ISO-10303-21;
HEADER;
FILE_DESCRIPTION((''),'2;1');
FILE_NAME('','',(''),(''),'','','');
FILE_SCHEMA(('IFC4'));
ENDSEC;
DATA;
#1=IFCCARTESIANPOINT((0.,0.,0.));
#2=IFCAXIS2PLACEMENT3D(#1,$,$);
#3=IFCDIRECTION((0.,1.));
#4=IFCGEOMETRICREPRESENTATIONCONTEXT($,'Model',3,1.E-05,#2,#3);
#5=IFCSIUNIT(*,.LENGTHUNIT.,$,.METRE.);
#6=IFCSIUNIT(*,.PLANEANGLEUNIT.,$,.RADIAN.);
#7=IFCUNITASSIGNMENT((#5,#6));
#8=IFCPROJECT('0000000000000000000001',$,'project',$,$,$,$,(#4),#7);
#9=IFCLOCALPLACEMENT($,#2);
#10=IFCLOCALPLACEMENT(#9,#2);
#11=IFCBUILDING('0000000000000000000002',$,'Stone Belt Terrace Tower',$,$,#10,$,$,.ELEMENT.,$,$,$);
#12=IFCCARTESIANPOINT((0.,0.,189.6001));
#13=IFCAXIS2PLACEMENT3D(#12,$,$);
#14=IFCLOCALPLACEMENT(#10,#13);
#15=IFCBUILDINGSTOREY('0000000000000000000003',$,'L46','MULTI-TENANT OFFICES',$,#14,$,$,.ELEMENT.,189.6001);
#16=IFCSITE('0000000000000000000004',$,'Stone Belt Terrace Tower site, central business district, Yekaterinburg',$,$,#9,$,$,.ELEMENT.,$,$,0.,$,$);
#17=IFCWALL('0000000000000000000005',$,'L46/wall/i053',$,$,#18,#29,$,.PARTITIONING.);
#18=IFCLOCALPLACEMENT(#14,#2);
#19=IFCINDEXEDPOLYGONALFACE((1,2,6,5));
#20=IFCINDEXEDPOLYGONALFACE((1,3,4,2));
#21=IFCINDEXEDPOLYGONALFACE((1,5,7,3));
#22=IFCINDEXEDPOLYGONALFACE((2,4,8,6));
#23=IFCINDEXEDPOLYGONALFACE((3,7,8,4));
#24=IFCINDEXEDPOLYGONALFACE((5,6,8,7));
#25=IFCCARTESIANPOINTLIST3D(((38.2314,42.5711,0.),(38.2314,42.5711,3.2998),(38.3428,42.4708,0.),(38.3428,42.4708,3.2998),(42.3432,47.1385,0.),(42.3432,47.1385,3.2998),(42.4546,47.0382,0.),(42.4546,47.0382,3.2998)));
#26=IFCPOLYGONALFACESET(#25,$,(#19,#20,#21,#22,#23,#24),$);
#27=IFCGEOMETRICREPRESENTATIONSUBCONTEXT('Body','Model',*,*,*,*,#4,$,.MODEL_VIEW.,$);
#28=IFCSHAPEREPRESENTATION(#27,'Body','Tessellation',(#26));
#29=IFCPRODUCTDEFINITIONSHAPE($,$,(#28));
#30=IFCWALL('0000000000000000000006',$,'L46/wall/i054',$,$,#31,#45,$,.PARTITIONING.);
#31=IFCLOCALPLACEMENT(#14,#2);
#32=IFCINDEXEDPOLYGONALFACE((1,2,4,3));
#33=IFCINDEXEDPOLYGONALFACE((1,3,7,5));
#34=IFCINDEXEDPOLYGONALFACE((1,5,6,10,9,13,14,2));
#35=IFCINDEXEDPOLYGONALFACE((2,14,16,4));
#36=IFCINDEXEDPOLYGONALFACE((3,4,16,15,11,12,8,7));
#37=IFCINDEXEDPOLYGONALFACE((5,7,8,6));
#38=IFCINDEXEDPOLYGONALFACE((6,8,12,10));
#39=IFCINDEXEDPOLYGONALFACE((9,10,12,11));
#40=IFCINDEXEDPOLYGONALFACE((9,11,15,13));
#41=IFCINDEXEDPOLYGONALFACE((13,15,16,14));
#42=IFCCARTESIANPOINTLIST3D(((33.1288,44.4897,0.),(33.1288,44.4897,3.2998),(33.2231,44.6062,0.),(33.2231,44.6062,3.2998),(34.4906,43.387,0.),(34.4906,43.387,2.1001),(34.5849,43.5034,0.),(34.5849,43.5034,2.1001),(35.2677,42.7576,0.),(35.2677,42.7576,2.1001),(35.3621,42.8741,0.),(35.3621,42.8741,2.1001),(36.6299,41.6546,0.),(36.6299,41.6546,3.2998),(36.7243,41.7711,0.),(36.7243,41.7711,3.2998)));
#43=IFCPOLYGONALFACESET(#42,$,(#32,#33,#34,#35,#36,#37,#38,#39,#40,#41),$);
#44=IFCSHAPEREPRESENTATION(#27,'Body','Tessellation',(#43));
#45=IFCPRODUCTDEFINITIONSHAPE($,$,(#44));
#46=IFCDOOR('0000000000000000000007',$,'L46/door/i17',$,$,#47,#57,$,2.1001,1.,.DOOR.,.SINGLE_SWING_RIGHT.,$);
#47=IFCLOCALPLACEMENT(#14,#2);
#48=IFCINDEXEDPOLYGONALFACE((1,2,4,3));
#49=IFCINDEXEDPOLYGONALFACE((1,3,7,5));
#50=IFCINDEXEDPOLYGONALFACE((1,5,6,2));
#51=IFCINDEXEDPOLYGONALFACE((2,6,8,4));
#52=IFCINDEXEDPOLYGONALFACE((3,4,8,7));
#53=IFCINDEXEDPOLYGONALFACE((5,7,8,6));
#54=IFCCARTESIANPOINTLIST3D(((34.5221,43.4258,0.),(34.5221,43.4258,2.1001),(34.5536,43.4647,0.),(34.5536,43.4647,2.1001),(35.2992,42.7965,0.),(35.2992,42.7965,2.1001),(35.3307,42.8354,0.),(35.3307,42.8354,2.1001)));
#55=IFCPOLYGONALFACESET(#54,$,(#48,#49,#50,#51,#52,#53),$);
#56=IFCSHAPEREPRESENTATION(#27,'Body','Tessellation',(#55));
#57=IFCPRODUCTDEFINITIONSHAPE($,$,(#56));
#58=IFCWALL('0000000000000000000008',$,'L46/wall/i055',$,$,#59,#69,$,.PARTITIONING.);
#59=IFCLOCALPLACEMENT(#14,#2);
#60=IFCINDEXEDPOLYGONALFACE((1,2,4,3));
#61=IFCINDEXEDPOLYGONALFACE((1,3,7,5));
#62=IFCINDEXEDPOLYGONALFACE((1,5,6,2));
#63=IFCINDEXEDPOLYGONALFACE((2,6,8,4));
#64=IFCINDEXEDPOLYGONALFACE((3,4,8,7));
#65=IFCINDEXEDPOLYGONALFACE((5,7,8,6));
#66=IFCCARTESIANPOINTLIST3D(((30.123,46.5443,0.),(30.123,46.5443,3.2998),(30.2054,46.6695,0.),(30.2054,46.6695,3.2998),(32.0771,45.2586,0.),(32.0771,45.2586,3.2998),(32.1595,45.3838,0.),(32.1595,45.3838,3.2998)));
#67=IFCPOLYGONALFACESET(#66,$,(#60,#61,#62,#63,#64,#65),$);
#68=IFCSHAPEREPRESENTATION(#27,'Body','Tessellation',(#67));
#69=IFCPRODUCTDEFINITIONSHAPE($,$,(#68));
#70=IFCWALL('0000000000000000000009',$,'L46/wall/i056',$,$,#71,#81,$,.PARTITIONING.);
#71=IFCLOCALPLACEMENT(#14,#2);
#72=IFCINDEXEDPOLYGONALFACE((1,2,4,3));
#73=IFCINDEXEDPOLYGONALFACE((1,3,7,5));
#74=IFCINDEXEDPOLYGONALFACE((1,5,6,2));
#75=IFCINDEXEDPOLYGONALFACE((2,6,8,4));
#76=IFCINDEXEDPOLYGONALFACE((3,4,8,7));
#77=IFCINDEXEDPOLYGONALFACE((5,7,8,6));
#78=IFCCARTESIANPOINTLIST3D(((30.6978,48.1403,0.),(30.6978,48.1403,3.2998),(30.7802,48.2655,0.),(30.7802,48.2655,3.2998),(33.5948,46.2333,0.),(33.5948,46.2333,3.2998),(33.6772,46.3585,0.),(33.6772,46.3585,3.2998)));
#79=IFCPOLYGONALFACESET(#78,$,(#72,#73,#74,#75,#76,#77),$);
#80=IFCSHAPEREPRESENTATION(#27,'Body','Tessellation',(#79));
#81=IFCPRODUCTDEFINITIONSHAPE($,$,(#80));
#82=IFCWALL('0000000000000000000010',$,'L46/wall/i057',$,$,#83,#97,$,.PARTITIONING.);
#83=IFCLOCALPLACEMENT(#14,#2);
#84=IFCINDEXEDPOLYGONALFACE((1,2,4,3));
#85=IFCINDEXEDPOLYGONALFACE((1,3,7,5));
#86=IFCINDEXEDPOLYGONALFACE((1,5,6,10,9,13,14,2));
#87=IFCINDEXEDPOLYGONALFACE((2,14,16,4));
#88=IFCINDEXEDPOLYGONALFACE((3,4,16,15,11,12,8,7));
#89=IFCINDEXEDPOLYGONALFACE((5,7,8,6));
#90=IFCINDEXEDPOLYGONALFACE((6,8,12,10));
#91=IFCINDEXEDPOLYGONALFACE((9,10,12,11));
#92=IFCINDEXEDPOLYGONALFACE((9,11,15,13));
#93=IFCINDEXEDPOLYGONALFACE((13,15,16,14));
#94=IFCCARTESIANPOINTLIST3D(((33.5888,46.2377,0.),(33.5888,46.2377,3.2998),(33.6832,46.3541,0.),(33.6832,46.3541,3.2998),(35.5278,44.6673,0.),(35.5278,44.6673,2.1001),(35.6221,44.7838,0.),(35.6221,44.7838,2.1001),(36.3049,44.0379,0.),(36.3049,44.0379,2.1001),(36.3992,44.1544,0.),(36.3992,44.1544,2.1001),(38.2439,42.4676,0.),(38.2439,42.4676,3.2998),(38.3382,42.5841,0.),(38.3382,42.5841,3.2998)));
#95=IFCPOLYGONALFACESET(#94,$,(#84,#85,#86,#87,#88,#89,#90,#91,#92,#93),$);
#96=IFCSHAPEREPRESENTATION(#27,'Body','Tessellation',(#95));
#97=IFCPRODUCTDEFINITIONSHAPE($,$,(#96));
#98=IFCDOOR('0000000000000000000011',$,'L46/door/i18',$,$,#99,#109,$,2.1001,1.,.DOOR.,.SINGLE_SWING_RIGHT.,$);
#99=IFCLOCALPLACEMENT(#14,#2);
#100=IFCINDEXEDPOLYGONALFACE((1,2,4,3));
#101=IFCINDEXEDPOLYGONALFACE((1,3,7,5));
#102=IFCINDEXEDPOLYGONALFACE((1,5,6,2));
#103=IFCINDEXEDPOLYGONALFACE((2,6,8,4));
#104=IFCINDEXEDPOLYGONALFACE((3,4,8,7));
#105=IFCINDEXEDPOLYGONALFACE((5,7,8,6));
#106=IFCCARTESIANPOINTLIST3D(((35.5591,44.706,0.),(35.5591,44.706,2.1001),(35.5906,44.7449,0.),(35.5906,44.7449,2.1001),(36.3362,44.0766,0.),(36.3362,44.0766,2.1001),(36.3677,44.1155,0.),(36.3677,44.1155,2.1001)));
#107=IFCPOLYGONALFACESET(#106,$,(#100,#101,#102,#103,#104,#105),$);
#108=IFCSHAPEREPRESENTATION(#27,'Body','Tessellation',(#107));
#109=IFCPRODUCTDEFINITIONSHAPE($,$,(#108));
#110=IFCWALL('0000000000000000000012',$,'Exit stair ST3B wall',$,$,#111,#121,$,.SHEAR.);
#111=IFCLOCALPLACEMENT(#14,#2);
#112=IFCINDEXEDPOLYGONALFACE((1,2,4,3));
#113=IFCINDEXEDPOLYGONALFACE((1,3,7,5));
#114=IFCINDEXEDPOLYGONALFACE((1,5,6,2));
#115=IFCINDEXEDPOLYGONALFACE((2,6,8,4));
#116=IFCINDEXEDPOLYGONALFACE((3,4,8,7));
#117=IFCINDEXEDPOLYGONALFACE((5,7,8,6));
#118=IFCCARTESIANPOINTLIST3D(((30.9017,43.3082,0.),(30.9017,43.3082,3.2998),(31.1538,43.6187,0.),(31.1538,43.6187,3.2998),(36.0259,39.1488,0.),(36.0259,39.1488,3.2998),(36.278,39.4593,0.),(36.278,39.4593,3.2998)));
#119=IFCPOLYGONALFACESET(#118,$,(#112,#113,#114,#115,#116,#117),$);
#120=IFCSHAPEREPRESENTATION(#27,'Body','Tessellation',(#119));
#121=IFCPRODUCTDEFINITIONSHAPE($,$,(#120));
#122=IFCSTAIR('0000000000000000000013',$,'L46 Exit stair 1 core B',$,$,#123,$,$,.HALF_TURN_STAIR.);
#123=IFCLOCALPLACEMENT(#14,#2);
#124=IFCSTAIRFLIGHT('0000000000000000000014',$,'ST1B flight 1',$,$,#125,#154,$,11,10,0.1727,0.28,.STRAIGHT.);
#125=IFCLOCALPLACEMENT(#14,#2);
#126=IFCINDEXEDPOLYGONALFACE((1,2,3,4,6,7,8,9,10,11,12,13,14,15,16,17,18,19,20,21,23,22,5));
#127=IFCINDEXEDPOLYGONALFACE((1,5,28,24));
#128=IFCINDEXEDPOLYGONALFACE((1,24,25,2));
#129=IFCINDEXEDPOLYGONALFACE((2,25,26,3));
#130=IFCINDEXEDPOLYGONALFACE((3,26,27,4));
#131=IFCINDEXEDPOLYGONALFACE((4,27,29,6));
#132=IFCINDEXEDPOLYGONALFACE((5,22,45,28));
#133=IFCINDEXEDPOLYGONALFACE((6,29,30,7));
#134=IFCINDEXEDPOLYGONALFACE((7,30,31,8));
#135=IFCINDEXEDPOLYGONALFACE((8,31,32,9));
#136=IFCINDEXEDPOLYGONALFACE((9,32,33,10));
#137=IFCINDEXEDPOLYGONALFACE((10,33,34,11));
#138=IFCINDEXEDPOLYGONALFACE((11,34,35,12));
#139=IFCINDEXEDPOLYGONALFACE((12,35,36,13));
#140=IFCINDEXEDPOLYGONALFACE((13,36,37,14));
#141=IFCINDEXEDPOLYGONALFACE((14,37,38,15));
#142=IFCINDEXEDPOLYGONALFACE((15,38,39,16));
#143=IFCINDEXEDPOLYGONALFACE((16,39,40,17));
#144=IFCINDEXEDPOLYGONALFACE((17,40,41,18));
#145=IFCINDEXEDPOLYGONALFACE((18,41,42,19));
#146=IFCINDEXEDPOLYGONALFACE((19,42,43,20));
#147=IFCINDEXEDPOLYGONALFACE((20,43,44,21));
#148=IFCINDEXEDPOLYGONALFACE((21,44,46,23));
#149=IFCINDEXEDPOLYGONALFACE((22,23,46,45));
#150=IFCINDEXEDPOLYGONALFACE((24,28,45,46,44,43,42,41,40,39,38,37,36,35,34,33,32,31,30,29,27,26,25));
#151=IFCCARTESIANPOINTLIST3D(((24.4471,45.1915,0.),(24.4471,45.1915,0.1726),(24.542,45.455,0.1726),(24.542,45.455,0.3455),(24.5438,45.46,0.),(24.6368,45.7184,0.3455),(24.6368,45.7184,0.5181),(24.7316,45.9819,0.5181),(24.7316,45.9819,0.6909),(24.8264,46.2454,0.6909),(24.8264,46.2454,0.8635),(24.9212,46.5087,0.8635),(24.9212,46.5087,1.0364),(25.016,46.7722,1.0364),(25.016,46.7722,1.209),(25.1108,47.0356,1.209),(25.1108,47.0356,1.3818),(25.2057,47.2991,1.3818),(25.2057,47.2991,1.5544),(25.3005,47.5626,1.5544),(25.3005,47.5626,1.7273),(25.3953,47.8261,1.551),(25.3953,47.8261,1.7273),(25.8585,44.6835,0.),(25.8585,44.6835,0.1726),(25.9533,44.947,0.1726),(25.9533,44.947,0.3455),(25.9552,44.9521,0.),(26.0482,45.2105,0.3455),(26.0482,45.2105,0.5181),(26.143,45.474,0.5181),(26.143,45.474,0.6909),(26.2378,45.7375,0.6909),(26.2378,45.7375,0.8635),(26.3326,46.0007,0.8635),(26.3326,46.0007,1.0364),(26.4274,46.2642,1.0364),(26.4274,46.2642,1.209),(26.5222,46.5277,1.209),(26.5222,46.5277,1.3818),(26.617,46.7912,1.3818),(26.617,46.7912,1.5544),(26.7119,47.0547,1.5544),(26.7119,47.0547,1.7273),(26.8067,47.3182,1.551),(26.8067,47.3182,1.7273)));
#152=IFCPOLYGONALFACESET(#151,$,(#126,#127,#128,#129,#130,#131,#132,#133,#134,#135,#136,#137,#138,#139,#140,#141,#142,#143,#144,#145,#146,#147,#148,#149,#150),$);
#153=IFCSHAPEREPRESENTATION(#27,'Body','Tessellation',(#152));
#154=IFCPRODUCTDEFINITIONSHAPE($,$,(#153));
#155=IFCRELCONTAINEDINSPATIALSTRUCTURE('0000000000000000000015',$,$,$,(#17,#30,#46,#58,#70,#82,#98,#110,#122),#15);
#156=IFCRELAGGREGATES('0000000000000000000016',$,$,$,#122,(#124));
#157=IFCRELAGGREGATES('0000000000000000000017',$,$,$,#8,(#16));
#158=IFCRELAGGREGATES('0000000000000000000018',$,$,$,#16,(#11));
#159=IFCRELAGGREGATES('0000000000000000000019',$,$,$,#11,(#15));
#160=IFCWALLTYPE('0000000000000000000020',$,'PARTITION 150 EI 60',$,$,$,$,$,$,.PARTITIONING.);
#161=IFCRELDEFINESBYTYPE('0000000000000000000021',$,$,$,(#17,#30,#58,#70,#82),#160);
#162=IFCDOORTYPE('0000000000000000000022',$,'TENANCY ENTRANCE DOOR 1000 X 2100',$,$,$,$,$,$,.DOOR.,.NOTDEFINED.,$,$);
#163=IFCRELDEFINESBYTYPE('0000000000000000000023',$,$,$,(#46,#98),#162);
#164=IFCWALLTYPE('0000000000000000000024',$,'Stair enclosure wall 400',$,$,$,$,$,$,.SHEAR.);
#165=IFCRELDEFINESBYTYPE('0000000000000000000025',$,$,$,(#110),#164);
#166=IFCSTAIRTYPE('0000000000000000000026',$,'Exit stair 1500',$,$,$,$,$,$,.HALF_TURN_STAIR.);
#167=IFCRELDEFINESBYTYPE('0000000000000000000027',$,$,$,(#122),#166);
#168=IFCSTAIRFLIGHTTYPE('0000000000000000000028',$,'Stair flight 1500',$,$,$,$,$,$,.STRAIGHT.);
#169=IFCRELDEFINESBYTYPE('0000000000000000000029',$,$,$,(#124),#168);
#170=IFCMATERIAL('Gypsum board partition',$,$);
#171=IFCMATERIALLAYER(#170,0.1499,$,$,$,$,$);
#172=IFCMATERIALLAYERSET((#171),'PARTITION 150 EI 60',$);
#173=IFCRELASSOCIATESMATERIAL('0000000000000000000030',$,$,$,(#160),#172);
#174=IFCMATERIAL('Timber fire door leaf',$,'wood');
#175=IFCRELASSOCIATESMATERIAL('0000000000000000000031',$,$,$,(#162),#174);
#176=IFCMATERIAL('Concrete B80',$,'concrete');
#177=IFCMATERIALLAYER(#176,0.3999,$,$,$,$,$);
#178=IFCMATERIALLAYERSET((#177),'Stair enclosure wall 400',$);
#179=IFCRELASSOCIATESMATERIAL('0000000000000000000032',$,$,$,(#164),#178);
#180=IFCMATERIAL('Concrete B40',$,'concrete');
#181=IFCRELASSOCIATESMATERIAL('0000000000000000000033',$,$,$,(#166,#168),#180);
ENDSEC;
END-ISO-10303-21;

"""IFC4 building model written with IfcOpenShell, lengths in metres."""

from ifc_helpers import new_model, si_unit, direction, frame, frame_2d, origin, place, context, subcontext, project, spatial, polyline, rectangle, outline, extrude, material, layer, layer_set, type_object, element, fill, aggregate, save


model = new_model("IFC4")

# Units and contexts
model_context = context("Model", 3, precision=1e-05, world=origin(), true_north=direction((0.0, 1.0)))
body_context = subcontext(model_context, "Body", "Model", "MODEL_VIEW")
ifc_project = project(units=[si_unit("LENGTHUNIT", "METRE"), si_unit("PLANEANGLEUNIT", "RADIAN")], contexts=[model_context])

# Site, building, storey
site_placement = place(None, origin())
site = spatial("IfcSite", under=ifc_project, at=site_placement, Name="Stone Belt Terrace Tower site, central business district, Yekaterinburg", CompositionType="ELEMENT", RefElevation=0.0)
building_placement = place(site_placement, origin())
building = spatial("IfcBuilding", under=site, at=building_placement, Name="Stone Belt Terrace Tower", CompositionType="ELEMENT")
storey_placement = place(building_placement, frame((0.0, 0.0, 189.6001)))
storey = spatial("IfcBuildingStorey", under=building, at=storey_placement, Name="L46", Description="MULTI-TENANT OFFICES", CompositionType="ELEMENT", Elevation=189.6001)

# Shared definitions
ifc_material_1 = material(Name="Concrete B80", Category="concrete")

# Wall
ifc_material_2 = material(Name="Gypsum board partition")
ifc_layer_1 = layer(ifc_material_2, 0.1499)
ifc_layer_set_1 = layer_set([ifc_layer_1], Name="PARTITION 150 EI 60")
wall_type_1 = type_object("IfcWallType", Name="PARTITION 150 EI 60", PredefinedType="PARTITIONING", material=ifc_layer_set_1)
wall_1_placement = place(storey_placement, frame((38.2871, 42.521, 0.0), z_axis=(0.0, 0.0, 1.0), x_axis=(0.66907, 0.743199, 0.0)))
element("IfcWall", 1, at=wall_1_placement, inside=storey, type_object=wall_type_1, Name="L46/wall/i053", PredefinedType="PARTITIONING", context=body_context, shape_type="SweptSolid", body=[
    extrude(rectangle(XDim=6.1455, YDim=0.1499, at=frame_2d((3.0728, 0.0))), origin(), (0.0, 0.0, 1.0), 3.2998),
])

# Wall, opening, door
wall_2_placement = place(storey_placement, frame((36.677, 41.7129, 0.0), z_axis=(0.0, 0.0, 1.0), x_axis=(-0.777149, 0.629317, 0.0)))
wall_2 = element("IfcWall", 2, at=wall_2_placement, inside=storey, type_object=wall_type_1, Name="L46/wall/i054", PredefinedType="PARTITIONING", context=body_context, shape_type="SweptSolid", body=[
    extrude(rectangle(XDim=4.5051, YDim=0.1499, at=frame_2d((2.2524, 0.0))), origin(), (0.0, 0.0, 1.0), 3.2998),
])
opening_1_placement = place(wall_2_placement, frame((1.7527, 0.0, 0.0)))
opening_1 = element("IfcOpeningElement", 3, at=opening_1_placement, cuts=wall_2, PredefinedType="OPENING", context=body_context, shape_type="SweptSolid", body=[
    extrude(rectangle(XDim=1.0, YDim=2.1001, at=frame_2d((0.5, 1.05))), frame((0.0, 0.085, 0.0), z_axis=(0.0, -1.0, 0.0), x_axis=(1.0, 0.0, 0.0)), (0.0, 0.0, 1.0), 0.1699),
])
ifc_material_3 = material(Name="Timber fire door leaf", Category="wood")
door_type = type_object("IfcDoorType", Name="TENANCY ENTRANCE DOOR 1000 X 2100", OperationType="NOTDEFINED", PredefinedType="DOOR", material=ifc_material_3)
door_1_placement = place(opening_1_placement, origin())
door_1 = element("IfcDoor", 4, at=door_1_placement, inside=storey, type_object=door_type, Name="L46/door/i17", OperationType="SINGLE_SWING_RIGHT", OverallHeight=2.1001, OverallWidth=1.0, PredefinedType="DOOR", context=body_context, shape_type="SweptSolid", body=[
    extrude(rectangle(XDim=1.0, YDim=2.1001, at=frame_2d((0.5, 1.05))), frame((0.0, 0.0249, 0.0), z_axis=(0.0, -1.0, 0.0), x_axis=(1.0, 0.0, 0.0)), (0.0, 0.0, 1.0), 0.05),
])
fill(opening_1, door_1)

# Walls
wall_3_placement = place(storey_placement, frame((32.1182, 45.3213, 0.0), z_axis=(0.0, 0.0, 1.0), x_axis=(-0.835407, 0.549632, 0.0)))
element("IfcWall", 5, at=wall_3_placement, inside=storey, type_object=wall_type_1, Name="L46/wall/i055", PredefinedType="PARTITIONING", context=body_context, shape_type="SweptSolid", body=[
    extrude(rectangle(XDim=2.3391, YDim=0.1499, at=frame_2d((1.1694, 0.0))), origin(), (0.0, 0.0, 1.0), 3.2998),
])
wall_4_placement = place(storey_placement, frame((30.739, 48.2029, 0.0), z_axis=(0.0, 0.0, 1.0), x_axis=(0.835274, -0.549834, 0.0)))
element("IfcWall", 6, at=wall_4_placement, inside=storey, type_object=wall_type_1, Name="L46/wall/i056", PredefinedType="PARTITIONING", context=body_context, shape_type="SweptSolid", body=[
    extrude(rectangle(XDim=3.4683, YDim=0.1499, at=frame_2d((1.7341, 0.0))), origin(), (0.0, 0.0, 1.0), 3.2998),
])

# Wall, opening, door
wall_5_placement = place(storey_placement, frame((33.636, 46.2959, 0.0), z_axis=(0.0, 0.0, 1.0), x_axis=(0.777109, -0.629366, 0.0)))
wall_5 = element("IfcWall", 7, at=wall_5_placement, inside=storey, type_object=wall_type_1, Name="L46/wall/i057", PredefinedType="PARTITIONING", context=body_context, shape_type="SweptSolid", body=[
    extrude(rectangle(XDim=5.9902, YDim=0.1499, at=frame_2d((2.9951, 0.0))), origin(), (0.0, 0.0, 1.0), 3.2998),
])
opening_2_placement = place(wall_5_placement, frame((2.4951, 0.0, 0.0)))
opening_2 = element("IfcOpeningElement", 8, at=opening_2_placement, cuts=wall_5, PredefinedType="OPENING", context=body_context, shape_type="SweptSolid", body=[
    extrude(rectangle(XDim=1.0, YDim=2.1001, at=frame_2d((0.5, 1.05))), frame((0.0, 0.085, 0.0), z_axis=(0.0, -1.0, 0.0), x_axis=(1.0, 0.0, 0.0)), (0.0, 0.0, 1.0), 0.1699),
])
door_2_placement = place(opening_2_placement, origin())
door_2 = element("IfcDoor", 9, at=door_2_placement, inside=storey, type_object=door_type, Name="L46/door/i18", OperationType="SINGLE_SWING_RIGHT", OverallHeight=2.1001, OverallWidth=1.0, PredefinedType="DOOR", context=body_context, shape_type="SweptSolid", body=[
    extrude(rectangle(XDim=1.0, YDim=2.1001, at=frame_2d((0.5, 1.05))), frame((0.0, 0.0249, 0.0), z_axis=(0.0, -1.0, 0.0), x_axis=(1.0, 0.0, 0.0)), (0.0, 0.0, 1.0), 0.05),
])
fill(opening_2, door_2)

# Wall
ifc_layer_2 = layer(ifc_material_1, 0.3999)
ifc_layer_set_2 = layer_set([ifc_layer_2], Name="Stair enclosure wall 400")
wall_type_2 = type_object("IfcWallType", Name="Stair enclosure wall 400", PredefinedType="SHEAR", material=ifc_layer_set_2)
wall_6_placement = place(storey_placement, frame((31.0278, 43.4634, 0.0), z_axis=(0.0, 0.0, 1.0), x_axis=(0.776414, -0.630224, 0.0)))
element("IfcWall", 10, at=wall_6_placement, inside=storey, type_object=wall_type_2, Name="Exit stair ST3B wall", PredefinedType="SHEAR", context=body_context, shape_type="SweptSolid", body=[
    extrude(rectangle(XDim=6.5999, YDim=0.3999, at=frame_2d((3.2998, 0.0))), origin(), (0.0, 0.0, 1.0), 3.2998),
])

# Stair, stair flight
ifc_material_4 = material(Name="Concrete B40", Category="concrete")
stair_type = type_object("IfcStairType", Name="Exit stair 1500", PredefinedType="HALF_TURN_STAIR", material=ifc_material_4)
stair_1_placement = place(storey_placement, origin())
stair_1 = element("IfcStair", 11, at=stair_1_placement, inside=storey, type_object=stair_type, Name="L46 Exit stair 1 core B", PredefinedType="HALF_TURN_STAIR")
stair_flight_type = type_object("IfcStairFlightType", Name="Stair flight 1500", PredefinedType="STRAIGHT", material=ifc_material_4)
stair_flight_1_placement = place(storey_placement, frame((25.1528, 44.9375, 0.0), z_axis=(0.0, 0.0, 1.0), x_axis=(0.338624, 0.940922, 0.0)))
stair_flight_1 = element("IfcStairFlight", 12, at=stair_flight_1_placement, type_object=stair_flight_type, Name="ST1B flight 1", NumberOfRisers=11, NumberOfTreads=10, PredefinedType="STRAIGHT", RiserHeight=0.1727, TreadLength=0.28, context=body_context, shape_type="SweptSolid", body=[
    extrude(outline(polyline([(0.0, 0.0), (0.0, 0.1726), (0.28, 0.1726), (0.28, 0.3455), (0.5601, 0.3455), (0.5601, 0.5181), (0.8401, 0.5181), (0.8401, 0.6909), (1.1201, 0.6909), (1.1201, 0.8635), (1.3999, 0.8635), (1.3999, 1.0364), (1.6799, 1.0364), (1.6799, 1.209), (1.96, 1.209), (1.96, 1.3818), (2.24, 1.3818), (2.24, 1.5544), (2.52, 1.5544), (2.52, 1.7273), (2.8, 1.7273), (2.8, 1.8999), (2.8, 1.551), (0.2854, 0.0), (0.0, 0.0)])), frame((0.0, 0.75, 0.0), z_axis=(0.0, -1.0, 0.0), x_axis=(1.0, 0.0, 0.0)), (0.0, 0.0, 1.0), 1.5),
])
aggregate(stair_1, [stair_flight_1])

save(model, "model.ifc")
